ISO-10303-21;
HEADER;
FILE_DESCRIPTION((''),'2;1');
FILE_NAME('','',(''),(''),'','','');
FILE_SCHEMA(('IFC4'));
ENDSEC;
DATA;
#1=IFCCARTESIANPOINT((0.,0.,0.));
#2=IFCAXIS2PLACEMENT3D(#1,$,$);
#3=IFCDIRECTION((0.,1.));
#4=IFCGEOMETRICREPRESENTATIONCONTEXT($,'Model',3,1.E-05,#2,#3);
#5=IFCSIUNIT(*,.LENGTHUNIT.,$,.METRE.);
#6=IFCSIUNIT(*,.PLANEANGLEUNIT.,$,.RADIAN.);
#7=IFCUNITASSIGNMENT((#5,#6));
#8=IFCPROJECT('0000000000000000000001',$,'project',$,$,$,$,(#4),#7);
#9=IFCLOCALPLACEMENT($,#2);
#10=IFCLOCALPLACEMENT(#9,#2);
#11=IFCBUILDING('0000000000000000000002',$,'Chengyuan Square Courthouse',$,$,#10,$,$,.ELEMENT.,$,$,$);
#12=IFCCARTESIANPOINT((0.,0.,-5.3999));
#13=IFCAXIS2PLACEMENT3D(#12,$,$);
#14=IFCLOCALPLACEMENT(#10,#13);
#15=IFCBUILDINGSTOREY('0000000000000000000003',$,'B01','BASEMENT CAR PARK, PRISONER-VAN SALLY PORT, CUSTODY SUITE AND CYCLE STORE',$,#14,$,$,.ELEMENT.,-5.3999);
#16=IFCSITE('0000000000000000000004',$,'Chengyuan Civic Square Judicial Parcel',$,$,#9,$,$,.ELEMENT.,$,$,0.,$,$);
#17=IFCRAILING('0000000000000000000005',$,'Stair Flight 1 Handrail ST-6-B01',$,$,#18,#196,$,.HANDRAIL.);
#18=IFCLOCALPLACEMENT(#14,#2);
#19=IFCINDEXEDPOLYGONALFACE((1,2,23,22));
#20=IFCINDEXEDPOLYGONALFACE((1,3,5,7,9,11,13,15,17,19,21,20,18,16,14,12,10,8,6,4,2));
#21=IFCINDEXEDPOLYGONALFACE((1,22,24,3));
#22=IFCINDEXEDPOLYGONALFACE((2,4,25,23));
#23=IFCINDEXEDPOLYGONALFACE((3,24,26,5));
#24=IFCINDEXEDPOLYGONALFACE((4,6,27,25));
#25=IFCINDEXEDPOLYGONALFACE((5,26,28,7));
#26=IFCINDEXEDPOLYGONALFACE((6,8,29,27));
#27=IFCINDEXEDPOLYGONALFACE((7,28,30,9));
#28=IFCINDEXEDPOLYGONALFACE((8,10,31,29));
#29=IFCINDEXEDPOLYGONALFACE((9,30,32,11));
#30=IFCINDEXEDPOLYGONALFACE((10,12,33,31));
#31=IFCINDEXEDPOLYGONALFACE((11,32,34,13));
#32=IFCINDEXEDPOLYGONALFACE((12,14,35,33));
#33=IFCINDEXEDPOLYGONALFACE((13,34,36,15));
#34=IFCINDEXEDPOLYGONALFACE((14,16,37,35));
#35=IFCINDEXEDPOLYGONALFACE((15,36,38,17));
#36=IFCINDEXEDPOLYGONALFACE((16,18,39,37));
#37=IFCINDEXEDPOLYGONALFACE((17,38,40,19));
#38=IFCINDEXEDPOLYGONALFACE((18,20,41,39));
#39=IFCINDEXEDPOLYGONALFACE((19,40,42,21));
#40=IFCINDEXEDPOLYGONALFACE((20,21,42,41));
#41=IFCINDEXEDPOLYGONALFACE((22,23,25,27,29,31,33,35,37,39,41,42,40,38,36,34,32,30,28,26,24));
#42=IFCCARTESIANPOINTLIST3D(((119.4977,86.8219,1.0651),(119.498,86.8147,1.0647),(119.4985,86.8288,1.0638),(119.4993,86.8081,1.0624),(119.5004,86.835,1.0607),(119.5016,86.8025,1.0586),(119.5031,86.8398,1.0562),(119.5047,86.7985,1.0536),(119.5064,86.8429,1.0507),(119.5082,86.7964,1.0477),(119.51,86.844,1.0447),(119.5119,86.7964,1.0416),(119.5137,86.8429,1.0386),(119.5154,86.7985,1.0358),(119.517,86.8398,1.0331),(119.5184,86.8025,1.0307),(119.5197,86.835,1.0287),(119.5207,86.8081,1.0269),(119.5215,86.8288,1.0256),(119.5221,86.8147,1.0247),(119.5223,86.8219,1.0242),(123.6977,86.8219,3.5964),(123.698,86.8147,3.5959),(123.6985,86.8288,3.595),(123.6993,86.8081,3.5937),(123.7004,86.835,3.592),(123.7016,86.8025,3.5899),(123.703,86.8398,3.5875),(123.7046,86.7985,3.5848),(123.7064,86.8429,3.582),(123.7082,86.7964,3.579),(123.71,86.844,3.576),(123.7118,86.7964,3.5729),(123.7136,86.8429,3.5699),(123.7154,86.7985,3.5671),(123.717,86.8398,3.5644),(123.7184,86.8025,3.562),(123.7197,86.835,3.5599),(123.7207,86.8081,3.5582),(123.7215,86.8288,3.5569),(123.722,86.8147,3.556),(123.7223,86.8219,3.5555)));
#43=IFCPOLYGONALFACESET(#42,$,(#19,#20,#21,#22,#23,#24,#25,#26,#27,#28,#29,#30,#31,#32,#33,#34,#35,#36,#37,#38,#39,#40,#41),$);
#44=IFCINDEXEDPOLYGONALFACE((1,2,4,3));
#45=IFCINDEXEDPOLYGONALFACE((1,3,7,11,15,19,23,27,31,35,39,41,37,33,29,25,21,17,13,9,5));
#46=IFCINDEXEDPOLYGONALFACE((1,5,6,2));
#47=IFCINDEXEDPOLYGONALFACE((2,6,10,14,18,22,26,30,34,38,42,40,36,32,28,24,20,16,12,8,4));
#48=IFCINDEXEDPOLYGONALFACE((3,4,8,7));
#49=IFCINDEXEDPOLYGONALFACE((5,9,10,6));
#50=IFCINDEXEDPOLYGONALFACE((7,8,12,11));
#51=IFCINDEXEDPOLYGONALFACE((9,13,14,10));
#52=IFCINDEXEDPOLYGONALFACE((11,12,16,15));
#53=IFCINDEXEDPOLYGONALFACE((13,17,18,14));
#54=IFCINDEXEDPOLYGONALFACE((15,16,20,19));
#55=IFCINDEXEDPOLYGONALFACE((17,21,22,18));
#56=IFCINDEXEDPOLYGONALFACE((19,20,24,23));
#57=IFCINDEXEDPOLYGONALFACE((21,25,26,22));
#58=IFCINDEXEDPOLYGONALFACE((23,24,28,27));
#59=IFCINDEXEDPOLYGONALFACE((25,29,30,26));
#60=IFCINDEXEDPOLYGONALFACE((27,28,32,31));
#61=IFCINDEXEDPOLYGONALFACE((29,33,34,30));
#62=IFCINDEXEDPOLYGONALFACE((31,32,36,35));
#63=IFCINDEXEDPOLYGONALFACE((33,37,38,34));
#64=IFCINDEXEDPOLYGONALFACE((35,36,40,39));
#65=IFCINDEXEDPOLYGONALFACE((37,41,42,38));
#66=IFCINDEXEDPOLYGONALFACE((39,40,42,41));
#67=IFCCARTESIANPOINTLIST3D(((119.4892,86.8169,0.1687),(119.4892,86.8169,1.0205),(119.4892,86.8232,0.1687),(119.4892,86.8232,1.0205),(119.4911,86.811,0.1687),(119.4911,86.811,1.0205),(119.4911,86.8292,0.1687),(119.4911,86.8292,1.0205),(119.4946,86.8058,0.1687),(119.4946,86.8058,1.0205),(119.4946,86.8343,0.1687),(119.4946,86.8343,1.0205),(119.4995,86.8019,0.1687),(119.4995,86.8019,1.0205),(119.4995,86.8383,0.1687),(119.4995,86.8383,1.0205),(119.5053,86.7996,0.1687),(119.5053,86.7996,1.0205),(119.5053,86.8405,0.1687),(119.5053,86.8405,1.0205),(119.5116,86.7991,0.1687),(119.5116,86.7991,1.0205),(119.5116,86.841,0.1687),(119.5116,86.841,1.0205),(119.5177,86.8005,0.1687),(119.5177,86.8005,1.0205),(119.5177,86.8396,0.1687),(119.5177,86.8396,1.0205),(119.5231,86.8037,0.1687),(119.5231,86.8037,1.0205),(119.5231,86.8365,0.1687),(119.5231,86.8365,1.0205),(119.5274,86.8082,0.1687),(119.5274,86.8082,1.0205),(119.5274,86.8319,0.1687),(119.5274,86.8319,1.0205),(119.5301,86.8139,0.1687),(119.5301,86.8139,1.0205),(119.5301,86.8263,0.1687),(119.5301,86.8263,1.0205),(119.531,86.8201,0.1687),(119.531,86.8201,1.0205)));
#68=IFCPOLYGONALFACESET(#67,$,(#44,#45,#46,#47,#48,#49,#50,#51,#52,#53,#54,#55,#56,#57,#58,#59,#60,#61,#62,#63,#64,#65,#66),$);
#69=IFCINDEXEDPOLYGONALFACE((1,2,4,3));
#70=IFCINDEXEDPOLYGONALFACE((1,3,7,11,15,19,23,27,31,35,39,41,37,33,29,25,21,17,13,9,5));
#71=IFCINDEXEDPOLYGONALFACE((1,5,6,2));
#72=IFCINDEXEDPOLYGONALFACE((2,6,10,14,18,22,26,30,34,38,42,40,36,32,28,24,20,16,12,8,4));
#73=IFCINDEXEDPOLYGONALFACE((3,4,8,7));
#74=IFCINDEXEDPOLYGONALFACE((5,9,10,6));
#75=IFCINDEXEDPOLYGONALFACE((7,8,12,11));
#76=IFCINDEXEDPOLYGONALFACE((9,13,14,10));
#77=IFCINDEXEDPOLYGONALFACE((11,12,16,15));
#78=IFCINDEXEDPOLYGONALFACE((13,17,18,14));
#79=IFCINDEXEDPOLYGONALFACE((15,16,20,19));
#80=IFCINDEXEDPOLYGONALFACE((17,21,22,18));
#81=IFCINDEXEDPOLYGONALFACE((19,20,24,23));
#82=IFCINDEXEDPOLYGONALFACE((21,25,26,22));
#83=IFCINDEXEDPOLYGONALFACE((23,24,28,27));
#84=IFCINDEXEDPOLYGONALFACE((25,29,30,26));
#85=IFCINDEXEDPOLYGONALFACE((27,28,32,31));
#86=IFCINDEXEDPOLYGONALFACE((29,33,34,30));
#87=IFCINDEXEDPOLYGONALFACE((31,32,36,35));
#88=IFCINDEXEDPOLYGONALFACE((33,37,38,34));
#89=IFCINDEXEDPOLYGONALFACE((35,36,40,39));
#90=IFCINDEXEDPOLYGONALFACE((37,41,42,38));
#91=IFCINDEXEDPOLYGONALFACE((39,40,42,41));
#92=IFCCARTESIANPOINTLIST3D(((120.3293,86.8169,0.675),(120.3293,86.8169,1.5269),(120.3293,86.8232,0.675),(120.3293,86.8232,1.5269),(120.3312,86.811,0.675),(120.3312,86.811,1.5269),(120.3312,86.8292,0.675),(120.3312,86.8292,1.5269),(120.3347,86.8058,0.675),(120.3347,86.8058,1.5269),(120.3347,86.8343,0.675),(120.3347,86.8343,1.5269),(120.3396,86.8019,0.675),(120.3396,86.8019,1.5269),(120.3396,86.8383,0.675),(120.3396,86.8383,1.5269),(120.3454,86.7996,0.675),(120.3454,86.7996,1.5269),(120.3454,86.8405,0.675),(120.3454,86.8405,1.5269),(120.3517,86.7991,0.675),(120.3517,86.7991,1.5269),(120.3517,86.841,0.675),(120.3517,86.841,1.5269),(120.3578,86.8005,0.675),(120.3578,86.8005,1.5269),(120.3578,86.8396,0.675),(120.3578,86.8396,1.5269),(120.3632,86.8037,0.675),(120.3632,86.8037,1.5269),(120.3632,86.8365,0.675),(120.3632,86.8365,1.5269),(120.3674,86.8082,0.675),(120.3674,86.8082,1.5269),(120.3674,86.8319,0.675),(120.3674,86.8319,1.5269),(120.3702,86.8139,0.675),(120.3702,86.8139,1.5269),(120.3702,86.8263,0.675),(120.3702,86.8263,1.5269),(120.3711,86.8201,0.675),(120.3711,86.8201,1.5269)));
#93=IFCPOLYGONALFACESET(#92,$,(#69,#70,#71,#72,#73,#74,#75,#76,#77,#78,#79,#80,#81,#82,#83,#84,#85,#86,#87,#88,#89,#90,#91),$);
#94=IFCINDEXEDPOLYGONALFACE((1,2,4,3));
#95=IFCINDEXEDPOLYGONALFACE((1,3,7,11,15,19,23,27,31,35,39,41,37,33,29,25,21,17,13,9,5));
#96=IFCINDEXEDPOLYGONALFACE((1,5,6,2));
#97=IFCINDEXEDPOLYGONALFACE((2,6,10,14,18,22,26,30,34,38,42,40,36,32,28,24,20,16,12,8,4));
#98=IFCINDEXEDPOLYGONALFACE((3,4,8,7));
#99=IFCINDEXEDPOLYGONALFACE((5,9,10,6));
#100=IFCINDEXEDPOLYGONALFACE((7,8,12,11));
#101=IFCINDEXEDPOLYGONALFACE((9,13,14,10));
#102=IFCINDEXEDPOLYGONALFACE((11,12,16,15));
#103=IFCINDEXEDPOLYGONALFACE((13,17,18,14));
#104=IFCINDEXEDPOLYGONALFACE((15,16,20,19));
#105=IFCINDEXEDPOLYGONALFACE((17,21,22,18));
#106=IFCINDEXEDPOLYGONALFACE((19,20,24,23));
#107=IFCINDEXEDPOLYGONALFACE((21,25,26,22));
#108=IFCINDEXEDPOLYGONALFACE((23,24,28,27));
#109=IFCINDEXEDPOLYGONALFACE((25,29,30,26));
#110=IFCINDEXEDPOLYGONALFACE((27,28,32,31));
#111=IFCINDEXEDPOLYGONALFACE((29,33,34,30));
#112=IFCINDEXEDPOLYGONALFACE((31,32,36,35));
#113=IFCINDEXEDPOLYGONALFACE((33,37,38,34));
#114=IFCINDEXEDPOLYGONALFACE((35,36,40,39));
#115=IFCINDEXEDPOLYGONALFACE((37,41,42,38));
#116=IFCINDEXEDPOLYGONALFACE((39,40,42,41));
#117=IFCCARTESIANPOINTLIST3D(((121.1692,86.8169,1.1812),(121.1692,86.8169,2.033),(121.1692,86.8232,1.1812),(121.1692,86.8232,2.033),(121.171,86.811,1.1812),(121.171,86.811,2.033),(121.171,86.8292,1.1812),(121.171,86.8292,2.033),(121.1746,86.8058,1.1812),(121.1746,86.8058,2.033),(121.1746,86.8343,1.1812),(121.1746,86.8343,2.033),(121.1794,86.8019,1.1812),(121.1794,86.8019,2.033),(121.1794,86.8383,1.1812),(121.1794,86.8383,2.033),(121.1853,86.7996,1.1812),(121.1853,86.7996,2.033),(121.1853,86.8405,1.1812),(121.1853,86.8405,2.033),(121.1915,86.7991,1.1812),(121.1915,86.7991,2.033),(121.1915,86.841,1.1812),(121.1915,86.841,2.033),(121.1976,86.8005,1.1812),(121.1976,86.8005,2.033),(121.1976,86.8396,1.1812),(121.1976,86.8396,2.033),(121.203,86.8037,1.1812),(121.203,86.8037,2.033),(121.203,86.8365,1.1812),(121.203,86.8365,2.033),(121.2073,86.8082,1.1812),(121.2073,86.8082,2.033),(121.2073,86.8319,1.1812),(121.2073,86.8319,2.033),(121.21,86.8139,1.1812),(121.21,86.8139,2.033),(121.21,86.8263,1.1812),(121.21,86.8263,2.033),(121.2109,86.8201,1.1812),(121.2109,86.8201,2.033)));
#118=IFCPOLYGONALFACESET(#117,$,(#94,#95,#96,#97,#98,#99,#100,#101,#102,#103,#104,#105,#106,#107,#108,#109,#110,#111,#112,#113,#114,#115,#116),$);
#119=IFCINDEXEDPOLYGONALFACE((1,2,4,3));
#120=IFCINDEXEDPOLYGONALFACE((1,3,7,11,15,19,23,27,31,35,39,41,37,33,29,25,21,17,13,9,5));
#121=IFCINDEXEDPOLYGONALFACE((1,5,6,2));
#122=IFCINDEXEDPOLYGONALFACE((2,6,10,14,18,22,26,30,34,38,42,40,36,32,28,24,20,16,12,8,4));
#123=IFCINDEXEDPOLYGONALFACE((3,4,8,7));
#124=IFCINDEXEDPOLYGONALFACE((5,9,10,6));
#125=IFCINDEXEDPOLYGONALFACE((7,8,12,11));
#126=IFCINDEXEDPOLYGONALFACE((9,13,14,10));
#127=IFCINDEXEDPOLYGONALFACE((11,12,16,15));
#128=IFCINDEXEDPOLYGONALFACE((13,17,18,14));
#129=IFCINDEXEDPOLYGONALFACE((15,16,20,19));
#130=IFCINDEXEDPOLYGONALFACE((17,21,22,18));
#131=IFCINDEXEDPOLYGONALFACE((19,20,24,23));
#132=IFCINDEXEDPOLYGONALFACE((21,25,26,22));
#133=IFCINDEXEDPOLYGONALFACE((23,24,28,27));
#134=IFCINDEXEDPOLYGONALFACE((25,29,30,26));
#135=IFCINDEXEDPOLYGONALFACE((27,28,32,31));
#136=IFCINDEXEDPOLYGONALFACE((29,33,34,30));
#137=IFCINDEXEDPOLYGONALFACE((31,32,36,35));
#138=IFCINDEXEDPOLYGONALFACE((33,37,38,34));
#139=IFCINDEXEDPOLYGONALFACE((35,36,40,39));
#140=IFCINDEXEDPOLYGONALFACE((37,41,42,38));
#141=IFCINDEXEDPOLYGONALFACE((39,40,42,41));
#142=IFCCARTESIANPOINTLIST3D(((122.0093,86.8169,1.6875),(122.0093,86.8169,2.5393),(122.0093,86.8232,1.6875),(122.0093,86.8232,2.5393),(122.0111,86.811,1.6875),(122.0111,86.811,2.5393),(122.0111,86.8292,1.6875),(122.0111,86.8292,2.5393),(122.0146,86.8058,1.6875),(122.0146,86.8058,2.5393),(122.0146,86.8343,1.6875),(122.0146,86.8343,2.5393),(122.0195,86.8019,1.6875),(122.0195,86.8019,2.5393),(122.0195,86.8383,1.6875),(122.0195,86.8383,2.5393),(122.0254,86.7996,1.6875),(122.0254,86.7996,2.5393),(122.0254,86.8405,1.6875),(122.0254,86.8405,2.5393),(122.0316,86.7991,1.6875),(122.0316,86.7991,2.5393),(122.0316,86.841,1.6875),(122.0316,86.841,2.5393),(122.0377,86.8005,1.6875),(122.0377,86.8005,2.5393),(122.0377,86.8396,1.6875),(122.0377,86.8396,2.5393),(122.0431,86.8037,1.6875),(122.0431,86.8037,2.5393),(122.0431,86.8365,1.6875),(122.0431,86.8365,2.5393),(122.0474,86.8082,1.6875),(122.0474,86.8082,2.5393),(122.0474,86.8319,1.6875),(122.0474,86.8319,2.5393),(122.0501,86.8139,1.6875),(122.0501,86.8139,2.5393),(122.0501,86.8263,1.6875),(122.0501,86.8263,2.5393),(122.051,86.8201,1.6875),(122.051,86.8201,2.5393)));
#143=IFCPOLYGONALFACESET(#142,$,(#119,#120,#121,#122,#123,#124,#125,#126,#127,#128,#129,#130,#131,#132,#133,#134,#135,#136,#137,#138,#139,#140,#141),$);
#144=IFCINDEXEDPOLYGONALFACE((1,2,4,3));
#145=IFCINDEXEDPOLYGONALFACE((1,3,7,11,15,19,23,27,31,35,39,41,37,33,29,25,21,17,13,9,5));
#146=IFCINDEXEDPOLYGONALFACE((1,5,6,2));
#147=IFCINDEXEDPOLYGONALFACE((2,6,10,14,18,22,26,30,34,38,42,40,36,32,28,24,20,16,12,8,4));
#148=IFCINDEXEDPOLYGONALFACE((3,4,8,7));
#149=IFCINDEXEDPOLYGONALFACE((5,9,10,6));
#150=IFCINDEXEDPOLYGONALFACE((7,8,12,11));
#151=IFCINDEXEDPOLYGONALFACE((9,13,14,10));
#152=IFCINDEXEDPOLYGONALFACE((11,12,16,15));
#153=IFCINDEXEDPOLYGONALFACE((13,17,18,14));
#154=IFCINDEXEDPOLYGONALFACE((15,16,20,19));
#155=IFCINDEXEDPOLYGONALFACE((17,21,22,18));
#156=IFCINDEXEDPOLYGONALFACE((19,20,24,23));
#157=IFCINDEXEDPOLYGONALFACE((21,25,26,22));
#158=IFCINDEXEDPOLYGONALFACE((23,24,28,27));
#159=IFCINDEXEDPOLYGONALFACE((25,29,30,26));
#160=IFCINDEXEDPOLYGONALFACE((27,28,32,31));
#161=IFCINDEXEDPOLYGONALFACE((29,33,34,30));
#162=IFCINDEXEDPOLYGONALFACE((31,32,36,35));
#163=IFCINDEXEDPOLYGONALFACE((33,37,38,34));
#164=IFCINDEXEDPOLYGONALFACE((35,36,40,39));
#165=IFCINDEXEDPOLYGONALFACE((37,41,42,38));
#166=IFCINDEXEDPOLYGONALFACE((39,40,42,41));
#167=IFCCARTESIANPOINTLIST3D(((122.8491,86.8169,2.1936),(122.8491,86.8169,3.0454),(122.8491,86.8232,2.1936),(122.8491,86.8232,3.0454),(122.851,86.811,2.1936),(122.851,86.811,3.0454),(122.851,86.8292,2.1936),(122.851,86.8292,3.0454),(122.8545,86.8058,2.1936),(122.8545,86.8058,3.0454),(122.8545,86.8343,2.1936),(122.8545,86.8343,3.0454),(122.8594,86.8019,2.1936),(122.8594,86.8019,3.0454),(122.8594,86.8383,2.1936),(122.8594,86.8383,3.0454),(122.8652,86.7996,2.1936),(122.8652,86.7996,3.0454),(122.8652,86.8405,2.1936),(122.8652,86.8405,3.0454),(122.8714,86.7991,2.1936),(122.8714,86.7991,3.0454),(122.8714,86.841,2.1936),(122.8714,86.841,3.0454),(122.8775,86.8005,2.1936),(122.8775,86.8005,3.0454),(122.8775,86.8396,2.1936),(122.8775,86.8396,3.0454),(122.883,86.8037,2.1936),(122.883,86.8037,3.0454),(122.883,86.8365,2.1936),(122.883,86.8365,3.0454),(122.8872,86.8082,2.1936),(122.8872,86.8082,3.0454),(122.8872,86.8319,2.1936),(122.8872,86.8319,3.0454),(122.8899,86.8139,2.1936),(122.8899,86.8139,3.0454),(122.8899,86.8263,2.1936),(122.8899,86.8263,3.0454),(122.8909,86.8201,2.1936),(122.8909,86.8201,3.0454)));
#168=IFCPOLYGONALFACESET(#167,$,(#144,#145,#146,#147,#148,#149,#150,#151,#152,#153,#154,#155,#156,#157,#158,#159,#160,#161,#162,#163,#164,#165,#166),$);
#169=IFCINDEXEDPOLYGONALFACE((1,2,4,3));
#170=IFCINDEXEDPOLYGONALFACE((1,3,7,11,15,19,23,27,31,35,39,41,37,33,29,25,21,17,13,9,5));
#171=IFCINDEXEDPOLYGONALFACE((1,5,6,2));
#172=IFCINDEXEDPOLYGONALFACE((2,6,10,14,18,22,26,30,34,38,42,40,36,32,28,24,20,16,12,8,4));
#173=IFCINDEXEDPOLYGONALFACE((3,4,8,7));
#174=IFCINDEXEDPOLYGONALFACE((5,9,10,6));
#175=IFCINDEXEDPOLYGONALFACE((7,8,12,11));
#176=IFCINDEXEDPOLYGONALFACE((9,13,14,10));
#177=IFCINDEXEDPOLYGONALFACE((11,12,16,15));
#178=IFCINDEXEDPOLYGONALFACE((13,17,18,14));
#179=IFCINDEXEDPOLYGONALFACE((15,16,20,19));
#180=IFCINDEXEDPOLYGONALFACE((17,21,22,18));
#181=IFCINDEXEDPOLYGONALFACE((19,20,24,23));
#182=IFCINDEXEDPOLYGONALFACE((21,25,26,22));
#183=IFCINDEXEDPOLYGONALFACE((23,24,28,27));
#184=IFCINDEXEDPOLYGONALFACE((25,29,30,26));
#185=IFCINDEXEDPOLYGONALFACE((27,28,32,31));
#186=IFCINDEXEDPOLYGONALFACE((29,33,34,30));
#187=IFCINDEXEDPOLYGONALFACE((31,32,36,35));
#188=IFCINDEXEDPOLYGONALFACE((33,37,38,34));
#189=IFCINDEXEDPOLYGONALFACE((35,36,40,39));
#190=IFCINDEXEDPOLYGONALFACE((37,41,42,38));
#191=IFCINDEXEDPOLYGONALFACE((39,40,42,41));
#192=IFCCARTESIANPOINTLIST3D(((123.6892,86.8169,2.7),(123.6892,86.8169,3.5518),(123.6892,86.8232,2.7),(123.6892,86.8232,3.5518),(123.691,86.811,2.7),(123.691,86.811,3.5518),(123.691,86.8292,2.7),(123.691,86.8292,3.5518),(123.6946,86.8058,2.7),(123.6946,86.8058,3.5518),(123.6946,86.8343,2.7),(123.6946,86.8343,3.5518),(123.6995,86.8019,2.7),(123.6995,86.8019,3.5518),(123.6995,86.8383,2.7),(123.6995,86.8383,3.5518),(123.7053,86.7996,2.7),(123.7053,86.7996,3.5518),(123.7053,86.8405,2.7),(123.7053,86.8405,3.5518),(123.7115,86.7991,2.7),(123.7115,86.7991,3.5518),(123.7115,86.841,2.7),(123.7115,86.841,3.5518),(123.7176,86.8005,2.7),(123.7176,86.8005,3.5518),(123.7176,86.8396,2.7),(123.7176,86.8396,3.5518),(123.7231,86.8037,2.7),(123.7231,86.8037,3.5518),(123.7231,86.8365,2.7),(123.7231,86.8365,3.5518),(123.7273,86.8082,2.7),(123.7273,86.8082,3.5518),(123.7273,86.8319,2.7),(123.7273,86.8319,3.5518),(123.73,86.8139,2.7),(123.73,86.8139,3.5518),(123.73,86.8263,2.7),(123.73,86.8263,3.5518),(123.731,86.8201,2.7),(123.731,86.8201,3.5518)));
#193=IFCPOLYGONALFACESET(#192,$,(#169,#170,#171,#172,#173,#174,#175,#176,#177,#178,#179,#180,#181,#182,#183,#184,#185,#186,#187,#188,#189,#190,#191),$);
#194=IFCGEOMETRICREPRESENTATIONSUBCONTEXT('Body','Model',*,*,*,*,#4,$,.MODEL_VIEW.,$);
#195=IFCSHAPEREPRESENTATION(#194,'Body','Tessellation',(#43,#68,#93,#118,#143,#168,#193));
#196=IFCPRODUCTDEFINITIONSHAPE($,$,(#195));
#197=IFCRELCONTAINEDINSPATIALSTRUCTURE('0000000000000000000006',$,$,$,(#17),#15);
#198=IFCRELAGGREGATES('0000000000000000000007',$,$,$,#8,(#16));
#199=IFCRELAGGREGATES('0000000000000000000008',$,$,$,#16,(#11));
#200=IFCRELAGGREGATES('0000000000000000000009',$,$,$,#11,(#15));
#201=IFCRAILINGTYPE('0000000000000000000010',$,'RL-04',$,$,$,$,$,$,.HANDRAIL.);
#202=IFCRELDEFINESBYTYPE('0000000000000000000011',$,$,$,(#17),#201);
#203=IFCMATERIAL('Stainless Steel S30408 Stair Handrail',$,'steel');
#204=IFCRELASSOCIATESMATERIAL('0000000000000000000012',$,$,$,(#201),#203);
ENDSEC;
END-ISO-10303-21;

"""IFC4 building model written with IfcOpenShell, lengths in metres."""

from ifc_helpers import new_model, si_unit, direction, frame, origin, origin_2d, place, context, subcontext, project, spatial, circle, extrude, material, type_object, element, save


model = new_model("IFC4")

# Units and contexts
model_context = context("Model", 3, precision=1e-05, world=origin(), true_north=direction((0.0, 1.0)))
body_context = subcontext(model_context, "Body", "Model", "MODEL_VIEW")
ifc_project = project(units=[si_unit("LENGTHUNIT", "METRE"), si_unit("PLANEANGLEUNIT", "RADIAN")], contexts=[model_context])

# Site, building, storey
site_placement = place(None, origin())
site = spatial("IfcSite", under=ifc_project, at=site_placement, Name="Chengyuan Civic Square Judicial Parcel", CompositionType="ELEMENT", RefElevation=0.0)
building_placement = place(site_placement, origin())
building = spatial("IfcBuilding", under=site, at=building_placement, Name="Chengyuan Square Courthouse", CompositionType="ELEMENT")
storey_placement = place(building_placement, frame((0.0, 0.0, -5.3999)))
storey = spatial("IfcBuildingStorey", under=building, at=storey_placement, Name="B01", Description="BASEMENT CAR PARK, PRISONER-VAN SALLY PORT, CUSTODY SUITE AND CYCLE STORE", CompositionType="ELEMENT", Elevation=-5.3999)

# Railing
ifc_material_1 = material(Name="Stainless Steel S30408 Stair Handrail", Category="steel")
railing_type_1 = type_object("IfcRailingType", Name="RL-04", PredefinedType="HANDRAIL", material=ifc_material_1)
railing_1_placement = place(storey_placement, frame((119.51, 86.8201, 0.1687)))
element("IfcRailing", 1, at=railing_1_placement, inside=storey, type_object=railing_type_1, Name="Stair Flight 1 Handrail ST-6-B01", PredefinedType="HANDRAIL", context=body_context, shape_type="SweptSolid", body=[
    extrude(circle(Radius=0.0239, at=origin_2d()), frame((0.0, 0.0, 0.876), z_axis=(0.856476, 0.0, 0.516186), x_axis=(0.0, 1.0, 0.0)), (0.0, 0.0, 1.0), 4.9038),
    extrude(circle(Radius=0.021, at=origin_2d()), origin(), (0.0, 0.0, 1.0), 0.8518),
    extrude(circle(Radius=0.021, at=origin_2d()), frame((0.8401, 0.0, 0.5063)), (0.0, 0.0, 1.0), 0.8518),
    extrude(circle(Radius=0.021, at=origin_2d()), frame((1.6799, 0.0, 1.0125)), (0.0, 0.0, 1.0), 0.8518),
    extrude(circle(Radius=0.021, at=origin_2d()), frame((2.52, 0.0, 1.5188)), (0.0, 0.0, 1.0), 0.8518),
    extrude(circle(Radius=0.021, at=origin_2d()), frame((3.3599, 0.0, 2.0249)), (0.0, 0.0, 1.0), 0.8518),
    extrude(circle(Radius=0.021, at=origin_2d()), frame((4.2, 0.0, 2.5312)), (0.0, 0.0, 1.0), 0.8518),
])

save(model, "model.ifc")
